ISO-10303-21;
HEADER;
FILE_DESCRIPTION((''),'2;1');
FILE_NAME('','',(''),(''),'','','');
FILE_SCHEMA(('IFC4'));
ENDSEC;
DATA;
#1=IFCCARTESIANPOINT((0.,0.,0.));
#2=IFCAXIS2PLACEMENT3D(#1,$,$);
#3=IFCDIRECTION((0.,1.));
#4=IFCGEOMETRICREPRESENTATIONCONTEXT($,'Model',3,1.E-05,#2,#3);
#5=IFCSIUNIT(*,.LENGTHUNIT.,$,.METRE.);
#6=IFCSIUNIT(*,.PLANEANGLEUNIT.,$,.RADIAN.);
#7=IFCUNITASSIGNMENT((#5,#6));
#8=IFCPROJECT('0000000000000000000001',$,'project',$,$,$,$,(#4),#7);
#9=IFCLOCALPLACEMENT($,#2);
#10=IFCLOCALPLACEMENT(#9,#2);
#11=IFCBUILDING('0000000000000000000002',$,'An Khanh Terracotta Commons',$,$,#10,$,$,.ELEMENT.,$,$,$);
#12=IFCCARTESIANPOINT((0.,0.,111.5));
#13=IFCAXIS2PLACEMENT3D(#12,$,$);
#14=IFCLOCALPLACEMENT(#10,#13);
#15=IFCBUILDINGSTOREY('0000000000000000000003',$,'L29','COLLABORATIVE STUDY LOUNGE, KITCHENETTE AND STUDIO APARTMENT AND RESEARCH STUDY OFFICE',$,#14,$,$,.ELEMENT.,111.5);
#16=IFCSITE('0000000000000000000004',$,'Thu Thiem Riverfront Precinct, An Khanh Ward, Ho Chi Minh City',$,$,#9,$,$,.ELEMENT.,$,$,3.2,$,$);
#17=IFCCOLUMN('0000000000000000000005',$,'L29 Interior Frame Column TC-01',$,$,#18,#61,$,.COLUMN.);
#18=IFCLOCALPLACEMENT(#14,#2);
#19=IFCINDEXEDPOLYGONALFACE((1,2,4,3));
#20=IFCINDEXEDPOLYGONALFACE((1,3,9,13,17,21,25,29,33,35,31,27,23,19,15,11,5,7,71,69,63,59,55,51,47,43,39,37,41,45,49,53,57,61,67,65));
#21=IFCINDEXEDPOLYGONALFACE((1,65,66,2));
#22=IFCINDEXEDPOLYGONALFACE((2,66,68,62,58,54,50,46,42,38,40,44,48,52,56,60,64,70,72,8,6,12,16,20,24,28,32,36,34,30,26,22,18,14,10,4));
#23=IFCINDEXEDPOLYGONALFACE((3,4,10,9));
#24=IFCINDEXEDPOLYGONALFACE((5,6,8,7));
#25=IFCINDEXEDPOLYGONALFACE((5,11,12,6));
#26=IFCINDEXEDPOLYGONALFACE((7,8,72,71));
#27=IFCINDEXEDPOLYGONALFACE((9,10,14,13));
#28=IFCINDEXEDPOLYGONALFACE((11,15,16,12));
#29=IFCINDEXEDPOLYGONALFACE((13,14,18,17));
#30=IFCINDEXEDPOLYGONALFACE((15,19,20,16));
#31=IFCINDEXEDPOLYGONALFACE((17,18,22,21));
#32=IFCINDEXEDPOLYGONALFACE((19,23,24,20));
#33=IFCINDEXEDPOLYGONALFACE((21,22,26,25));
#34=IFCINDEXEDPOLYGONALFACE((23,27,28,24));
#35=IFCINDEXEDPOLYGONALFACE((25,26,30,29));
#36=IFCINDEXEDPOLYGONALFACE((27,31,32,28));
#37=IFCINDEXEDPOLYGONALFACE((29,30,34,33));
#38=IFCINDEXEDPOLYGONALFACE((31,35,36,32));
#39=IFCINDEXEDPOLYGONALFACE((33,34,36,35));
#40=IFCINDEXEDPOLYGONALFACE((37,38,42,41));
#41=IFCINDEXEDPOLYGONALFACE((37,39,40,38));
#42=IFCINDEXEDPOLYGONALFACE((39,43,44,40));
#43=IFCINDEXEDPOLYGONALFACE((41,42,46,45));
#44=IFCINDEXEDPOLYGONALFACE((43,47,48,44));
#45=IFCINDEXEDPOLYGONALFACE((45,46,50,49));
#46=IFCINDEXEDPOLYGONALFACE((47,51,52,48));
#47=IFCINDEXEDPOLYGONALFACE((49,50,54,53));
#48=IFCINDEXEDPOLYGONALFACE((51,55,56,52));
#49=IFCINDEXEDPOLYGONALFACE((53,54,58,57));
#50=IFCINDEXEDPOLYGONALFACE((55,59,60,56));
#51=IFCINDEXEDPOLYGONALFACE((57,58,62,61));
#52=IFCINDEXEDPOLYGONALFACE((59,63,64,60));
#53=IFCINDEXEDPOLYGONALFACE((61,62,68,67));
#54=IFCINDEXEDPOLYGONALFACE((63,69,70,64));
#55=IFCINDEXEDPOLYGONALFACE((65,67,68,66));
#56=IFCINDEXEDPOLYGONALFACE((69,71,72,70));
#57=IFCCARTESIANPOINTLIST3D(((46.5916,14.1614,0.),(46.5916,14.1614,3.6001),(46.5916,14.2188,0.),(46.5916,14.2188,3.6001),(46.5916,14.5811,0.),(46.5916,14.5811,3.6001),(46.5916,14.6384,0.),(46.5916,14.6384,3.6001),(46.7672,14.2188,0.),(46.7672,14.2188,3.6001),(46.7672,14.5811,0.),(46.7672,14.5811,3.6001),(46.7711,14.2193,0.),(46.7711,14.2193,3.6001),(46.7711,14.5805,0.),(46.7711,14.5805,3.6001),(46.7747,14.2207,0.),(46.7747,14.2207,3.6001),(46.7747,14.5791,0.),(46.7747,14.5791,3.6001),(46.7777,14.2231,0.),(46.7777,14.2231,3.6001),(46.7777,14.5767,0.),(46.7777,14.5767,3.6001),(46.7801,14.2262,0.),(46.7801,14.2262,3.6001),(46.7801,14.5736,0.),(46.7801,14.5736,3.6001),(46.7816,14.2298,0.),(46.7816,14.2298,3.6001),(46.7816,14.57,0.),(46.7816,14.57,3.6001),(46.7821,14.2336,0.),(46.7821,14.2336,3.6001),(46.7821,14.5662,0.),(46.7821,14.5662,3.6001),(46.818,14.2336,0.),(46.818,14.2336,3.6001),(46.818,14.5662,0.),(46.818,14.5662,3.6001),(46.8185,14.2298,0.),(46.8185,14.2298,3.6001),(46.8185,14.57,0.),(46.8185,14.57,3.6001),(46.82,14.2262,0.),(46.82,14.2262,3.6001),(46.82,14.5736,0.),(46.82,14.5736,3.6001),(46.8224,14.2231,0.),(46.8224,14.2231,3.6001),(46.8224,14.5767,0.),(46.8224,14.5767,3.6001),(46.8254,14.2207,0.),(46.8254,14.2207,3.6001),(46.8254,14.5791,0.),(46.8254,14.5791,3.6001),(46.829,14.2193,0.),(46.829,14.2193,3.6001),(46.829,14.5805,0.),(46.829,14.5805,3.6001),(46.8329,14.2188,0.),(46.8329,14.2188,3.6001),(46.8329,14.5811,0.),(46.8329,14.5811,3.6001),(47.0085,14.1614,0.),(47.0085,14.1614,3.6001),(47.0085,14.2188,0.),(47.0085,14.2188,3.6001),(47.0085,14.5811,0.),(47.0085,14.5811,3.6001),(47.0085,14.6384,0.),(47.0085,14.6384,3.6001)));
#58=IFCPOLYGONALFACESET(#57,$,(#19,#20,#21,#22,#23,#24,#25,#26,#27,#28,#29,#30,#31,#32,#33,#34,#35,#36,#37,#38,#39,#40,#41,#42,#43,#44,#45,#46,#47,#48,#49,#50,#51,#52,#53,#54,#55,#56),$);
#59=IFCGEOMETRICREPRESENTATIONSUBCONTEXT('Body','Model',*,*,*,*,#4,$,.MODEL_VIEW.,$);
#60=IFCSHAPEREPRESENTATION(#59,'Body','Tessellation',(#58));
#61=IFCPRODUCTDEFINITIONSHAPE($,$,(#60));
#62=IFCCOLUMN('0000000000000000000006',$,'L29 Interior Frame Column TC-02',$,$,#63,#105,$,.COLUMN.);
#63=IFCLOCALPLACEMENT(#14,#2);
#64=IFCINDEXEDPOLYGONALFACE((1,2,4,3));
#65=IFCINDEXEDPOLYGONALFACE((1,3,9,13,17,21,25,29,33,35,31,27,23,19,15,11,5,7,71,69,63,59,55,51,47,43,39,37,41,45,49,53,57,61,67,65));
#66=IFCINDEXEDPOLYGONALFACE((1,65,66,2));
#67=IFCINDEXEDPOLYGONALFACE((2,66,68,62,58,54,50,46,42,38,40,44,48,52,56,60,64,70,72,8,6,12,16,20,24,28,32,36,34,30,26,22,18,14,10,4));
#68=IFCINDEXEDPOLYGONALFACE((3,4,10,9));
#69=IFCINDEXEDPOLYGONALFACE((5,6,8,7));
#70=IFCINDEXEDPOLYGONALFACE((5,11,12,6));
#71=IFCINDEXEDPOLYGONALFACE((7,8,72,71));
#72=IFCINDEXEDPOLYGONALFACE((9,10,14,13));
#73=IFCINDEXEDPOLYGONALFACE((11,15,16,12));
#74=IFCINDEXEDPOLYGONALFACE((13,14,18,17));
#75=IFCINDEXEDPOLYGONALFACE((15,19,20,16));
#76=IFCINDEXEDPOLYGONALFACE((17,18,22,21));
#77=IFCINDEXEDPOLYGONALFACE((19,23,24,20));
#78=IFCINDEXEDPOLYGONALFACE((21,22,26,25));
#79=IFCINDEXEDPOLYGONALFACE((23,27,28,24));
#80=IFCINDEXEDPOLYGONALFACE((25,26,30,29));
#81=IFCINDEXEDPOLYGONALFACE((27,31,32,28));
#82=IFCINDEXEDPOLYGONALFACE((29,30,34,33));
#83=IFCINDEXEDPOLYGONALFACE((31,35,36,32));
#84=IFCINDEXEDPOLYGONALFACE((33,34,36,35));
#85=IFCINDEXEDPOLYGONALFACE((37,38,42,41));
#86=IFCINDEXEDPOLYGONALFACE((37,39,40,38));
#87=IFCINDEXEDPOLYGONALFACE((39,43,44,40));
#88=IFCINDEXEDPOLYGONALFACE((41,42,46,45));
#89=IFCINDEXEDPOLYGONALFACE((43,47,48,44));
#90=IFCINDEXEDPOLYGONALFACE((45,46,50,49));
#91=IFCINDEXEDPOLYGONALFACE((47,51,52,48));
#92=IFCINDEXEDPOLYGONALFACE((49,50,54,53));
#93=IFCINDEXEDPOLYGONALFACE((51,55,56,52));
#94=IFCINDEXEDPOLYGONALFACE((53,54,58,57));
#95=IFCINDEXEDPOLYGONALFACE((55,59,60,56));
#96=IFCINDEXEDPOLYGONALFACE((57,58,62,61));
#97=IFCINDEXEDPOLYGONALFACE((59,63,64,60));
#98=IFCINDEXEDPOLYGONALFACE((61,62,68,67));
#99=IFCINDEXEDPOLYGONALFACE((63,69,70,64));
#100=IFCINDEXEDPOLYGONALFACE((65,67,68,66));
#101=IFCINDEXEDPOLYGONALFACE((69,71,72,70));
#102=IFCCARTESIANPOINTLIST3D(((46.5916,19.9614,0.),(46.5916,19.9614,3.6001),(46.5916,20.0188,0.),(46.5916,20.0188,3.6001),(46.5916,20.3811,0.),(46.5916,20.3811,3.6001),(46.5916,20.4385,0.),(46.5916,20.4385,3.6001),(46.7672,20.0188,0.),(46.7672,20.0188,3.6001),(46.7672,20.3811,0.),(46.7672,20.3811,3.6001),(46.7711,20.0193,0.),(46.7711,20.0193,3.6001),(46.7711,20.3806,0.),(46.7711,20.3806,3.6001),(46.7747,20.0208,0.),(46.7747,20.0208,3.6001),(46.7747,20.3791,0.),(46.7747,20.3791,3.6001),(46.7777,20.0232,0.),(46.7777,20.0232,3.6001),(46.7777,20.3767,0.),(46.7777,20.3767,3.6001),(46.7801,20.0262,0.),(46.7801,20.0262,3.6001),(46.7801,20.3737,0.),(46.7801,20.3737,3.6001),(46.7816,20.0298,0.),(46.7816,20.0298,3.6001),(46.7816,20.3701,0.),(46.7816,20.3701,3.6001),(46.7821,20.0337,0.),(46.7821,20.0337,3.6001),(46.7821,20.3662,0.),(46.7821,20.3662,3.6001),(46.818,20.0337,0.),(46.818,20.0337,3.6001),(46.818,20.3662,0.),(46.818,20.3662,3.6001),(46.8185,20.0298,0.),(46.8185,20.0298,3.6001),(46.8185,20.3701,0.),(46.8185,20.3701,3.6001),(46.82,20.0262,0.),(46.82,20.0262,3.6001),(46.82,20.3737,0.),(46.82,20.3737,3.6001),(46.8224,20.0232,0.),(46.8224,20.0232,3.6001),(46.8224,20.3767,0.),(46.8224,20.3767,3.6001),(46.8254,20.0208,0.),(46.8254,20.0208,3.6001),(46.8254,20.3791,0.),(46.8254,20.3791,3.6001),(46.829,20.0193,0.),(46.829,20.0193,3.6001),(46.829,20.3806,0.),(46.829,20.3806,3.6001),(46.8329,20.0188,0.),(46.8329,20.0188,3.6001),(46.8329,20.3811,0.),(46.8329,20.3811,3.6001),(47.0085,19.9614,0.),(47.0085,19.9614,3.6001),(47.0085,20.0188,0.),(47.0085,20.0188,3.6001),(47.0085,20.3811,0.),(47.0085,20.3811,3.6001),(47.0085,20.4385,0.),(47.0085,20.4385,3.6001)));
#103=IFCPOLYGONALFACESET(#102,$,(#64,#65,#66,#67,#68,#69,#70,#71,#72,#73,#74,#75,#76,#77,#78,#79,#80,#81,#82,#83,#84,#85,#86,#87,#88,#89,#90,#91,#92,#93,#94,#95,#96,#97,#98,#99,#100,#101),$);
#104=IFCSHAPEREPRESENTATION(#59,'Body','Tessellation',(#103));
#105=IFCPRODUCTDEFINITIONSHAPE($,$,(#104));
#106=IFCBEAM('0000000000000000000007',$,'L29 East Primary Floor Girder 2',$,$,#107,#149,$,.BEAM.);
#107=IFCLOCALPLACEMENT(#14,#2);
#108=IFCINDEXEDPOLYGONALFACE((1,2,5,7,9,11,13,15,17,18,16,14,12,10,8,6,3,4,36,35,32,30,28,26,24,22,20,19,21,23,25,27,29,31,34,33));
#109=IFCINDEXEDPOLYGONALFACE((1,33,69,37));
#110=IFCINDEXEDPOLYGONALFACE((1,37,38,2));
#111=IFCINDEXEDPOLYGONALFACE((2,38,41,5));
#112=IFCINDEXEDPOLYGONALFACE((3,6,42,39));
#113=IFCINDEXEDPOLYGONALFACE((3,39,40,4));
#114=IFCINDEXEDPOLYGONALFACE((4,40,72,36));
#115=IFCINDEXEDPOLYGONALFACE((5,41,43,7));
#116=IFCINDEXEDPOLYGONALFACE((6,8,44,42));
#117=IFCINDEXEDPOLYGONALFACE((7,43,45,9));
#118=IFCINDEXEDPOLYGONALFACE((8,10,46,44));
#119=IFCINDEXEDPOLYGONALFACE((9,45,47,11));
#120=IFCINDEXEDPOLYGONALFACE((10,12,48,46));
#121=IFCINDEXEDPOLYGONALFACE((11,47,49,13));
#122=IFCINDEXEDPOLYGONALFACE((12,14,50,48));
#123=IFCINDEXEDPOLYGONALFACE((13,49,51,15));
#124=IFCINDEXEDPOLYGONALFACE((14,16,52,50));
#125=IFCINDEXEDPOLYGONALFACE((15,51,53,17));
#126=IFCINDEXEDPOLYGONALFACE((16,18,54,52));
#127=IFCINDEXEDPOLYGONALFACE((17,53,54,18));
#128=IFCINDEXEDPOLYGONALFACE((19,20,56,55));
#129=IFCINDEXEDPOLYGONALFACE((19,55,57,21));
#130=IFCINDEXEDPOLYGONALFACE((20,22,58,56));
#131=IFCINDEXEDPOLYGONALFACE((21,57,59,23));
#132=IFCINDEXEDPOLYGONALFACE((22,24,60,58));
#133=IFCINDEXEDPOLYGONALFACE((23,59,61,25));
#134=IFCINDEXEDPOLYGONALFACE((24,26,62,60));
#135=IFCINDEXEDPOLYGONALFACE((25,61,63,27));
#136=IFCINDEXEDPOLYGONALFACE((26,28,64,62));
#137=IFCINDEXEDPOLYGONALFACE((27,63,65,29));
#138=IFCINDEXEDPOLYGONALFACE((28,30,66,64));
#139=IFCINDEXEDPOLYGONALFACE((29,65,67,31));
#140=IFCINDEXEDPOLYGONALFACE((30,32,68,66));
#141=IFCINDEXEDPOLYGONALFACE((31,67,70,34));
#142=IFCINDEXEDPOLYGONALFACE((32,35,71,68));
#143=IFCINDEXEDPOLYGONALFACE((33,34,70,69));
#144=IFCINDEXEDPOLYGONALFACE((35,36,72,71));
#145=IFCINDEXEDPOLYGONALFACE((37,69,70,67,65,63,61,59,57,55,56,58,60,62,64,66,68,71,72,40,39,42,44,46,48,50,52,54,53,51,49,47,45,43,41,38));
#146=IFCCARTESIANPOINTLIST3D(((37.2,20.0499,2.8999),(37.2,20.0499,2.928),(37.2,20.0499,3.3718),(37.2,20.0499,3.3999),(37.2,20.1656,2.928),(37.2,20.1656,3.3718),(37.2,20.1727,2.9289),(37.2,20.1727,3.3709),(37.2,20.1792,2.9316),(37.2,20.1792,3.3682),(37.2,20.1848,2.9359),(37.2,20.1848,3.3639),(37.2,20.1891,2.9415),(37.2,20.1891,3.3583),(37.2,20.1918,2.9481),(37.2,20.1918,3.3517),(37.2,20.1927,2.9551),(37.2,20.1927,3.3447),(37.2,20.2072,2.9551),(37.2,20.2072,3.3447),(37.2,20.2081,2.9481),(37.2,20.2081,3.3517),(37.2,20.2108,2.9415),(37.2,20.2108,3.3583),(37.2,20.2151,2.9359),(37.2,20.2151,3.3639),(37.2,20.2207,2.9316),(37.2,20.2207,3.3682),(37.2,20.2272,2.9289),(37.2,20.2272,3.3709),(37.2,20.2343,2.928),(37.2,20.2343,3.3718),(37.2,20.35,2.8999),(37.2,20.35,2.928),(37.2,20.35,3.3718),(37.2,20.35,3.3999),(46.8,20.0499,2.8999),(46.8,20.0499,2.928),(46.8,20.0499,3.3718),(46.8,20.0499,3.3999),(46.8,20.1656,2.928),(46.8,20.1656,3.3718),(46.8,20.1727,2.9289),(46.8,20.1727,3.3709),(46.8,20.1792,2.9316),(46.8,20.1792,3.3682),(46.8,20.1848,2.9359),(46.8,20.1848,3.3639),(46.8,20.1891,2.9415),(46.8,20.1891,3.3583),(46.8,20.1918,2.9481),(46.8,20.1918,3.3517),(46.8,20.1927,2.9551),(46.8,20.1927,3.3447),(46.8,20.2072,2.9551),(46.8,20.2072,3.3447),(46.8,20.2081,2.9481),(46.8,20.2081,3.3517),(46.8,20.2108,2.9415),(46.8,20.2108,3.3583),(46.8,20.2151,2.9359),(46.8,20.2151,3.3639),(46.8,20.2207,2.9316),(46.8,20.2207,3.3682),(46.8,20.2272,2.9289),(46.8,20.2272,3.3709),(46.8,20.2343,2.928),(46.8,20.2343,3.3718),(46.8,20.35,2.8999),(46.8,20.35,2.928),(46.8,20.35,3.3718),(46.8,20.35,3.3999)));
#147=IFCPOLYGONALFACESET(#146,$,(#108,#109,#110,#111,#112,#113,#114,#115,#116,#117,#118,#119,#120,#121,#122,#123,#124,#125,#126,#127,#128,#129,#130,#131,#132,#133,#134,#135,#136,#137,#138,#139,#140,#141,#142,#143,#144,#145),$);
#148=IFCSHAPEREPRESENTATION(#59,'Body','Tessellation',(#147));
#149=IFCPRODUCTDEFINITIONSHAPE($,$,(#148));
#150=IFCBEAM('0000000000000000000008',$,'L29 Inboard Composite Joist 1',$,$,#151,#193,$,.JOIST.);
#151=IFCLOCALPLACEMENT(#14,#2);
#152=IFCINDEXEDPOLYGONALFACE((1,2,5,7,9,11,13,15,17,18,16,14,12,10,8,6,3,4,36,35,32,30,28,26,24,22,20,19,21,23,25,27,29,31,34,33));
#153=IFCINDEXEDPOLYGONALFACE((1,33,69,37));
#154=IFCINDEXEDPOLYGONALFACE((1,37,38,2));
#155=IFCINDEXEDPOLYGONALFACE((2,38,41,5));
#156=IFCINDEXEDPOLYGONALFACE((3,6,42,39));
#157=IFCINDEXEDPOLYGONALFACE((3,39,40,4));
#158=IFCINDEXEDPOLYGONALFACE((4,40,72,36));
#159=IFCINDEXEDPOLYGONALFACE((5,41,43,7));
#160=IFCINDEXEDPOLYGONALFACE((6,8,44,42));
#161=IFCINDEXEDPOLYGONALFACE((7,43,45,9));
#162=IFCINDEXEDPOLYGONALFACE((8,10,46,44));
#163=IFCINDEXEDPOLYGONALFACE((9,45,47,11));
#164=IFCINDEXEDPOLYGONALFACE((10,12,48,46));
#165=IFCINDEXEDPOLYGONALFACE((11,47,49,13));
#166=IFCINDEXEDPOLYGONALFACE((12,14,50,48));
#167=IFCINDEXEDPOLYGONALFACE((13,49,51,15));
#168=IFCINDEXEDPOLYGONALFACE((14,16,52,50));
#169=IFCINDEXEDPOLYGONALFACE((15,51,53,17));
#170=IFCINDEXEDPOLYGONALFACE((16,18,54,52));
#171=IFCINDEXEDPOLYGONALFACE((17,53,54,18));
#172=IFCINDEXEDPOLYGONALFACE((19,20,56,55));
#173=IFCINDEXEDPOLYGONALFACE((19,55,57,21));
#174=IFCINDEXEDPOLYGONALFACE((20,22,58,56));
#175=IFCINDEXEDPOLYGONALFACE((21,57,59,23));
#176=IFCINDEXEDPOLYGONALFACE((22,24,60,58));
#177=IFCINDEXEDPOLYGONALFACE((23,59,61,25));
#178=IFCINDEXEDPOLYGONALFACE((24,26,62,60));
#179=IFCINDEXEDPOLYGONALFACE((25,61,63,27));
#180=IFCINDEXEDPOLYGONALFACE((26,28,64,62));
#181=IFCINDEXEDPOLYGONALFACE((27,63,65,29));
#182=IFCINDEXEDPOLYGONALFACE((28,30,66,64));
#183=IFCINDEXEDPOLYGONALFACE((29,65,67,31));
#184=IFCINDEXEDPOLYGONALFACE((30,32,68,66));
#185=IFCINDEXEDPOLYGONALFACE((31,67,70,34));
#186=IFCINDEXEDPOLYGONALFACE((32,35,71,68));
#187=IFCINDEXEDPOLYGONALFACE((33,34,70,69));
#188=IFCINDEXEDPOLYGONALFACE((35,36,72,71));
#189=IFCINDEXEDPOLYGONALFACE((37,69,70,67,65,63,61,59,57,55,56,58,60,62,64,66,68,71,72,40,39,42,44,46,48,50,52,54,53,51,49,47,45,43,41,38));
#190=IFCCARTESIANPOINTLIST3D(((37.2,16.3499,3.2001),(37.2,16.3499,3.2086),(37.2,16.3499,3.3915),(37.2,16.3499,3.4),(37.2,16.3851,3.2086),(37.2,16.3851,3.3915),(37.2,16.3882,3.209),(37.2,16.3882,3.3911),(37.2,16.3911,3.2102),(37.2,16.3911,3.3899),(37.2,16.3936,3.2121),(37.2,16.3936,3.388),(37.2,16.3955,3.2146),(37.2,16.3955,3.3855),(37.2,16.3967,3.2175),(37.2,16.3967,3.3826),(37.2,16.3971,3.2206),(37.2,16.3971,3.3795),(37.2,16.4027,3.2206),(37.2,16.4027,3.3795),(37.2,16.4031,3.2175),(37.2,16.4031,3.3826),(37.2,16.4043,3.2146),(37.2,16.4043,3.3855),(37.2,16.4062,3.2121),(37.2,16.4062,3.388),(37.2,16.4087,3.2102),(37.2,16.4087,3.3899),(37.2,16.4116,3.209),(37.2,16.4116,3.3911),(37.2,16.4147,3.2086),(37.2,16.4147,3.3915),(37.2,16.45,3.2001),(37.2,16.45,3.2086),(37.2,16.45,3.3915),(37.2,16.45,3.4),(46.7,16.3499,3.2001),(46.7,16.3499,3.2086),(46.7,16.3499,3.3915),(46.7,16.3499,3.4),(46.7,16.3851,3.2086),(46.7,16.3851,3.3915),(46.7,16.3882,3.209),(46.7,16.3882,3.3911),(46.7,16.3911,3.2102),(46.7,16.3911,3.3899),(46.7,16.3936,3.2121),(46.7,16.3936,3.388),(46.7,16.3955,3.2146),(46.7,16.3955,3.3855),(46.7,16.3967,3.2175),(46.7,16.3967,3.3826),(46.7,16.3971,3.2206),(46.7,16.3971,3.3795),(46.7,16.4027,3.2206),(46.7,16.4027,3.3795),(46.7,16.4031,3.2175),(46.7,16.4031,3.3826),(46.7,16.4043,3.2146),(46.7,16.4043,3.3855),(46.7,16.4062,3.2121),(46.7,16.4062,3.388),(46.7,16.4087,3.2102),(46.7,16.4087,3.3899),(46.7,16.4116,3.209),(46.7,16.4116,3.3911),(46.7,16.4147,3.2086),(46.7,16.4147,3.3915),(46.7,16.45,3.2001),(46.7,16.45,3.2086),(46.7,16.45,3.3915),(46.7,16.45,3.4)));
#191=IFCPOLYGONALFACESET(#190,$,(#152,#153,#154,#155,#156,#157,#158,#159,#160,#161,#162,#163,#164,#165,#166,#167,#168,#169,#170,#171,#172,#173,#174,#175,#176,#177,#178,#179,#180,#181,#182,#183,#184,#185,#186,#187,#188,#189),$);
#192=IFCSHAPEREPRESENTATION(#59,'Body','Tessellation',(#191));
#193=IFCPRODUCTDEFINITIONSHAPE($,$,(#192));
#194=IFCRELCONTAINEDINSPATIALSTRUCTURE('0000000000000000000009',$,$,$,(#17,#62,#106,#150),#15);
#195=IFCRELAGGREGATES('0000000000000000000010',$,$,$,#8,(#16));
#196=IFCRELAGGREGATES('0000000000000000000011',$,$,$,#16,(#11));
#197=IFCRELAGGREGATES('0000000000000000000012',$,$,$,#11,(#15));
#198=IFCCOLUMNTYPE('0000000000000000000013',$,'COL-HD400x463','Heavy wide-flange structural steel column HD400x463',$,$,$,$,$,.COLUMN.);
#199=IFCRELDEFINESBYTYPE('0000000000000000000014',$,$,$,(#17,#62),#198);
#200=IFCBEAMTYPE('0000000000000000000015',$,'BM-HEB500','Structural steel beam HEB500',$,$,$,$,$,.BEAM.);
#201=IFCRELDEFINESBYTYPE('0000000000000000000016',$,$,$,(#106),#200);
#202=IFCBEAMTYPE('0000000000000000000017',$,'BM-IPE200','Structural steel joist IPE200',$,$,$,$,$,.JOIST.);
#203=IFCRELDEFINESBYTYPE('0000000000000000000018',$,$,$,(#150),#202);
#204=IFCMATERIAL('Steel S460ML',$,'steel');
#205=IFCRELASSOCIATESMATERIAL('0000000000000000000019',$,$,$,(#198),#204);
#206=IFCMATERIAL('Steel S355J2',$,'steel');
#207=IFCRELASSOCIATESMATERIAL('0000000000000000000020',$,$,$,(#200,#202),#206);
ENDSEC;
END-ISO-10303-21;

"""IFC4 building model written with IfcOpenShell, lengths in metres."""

from ifc_helpers import new_model, si_unit, direction, frame, origin, origin_2d, place, context, subcontext, project, spatial, i_section, extrude, material, material_profile, profile_set, type_object, element, save


model = new_model("IFC4")

# Units and contexts
model_context = context("Model", 3, precision=1e-05, world=origin(), true_north=direction((0.0, 1.0)))
body_context = subcontext(model_context, "Body", "Model", "MODEL_VIEW")
ifc_project = project(units=[si_unit("LENGTHUNIT", "METRE"), si_unit("PLANEANGLEUNIT", "RADIAN")], contexts=[model_context])

# Site, building, storey
site_placement = place(None, origin())
site = spatial("IfcSite", under=ifc_project, at=site_placement, Name="Thu Thiem Riverfront Precinct, An Khanh Ward, Ho Chi Minh City", CompositionType="ELEMENT", RefElevation=3.2)
building_placement = place(site_placement, origin())
building = spatial("IfcBuilding", under=site, at=building_placement, Name="An Khanh Terracotta Commons", CompositionType="ELEMENT")
storey_placement = place(building_placement, frame((0.0, 0.0, 111.5)))
storey = spatial("IfcBuildingStorey", under=building, at=storey_placement, Name="L29", Description="COLLABORATIVE STUDY LOUNGE, KITCHENETTE AND STUDIO APARTMENT AND RESEARCH STUDY OFFICE", CompositionType="ELEMENT", Elevation=111.5)

# Columns
ifc_material_1 = material(Name="Steel S460ML", Category="steel")
ifc_material_profile_1 = material_profile(ifc_material_1, i_section(OverallWidth=0.417, OverallDepth=0.4771, WebThickness=0.0359, FlangeThickness=0.0574, FilletRadius=0.0149, at=origin_2d()), Name="HD400x463")
ifc_profile_set_1 = profile_set([ifc_material_profile_1], Name="Steel S460ML")
column_type = type_object("IfcColumnType", Name="COL-HD400x463", Description="Heavy wide-flange structural steel column HD400x463", PredefinedType="COLUMN", material=ifc_profile_set_1)
for number, where, z_axis, x_axis, name in (
    (1, (46.8, 14.3999, 0.0), (0.0, 0.0, 1.0), (1.0, 0.0, 0.0), "L29 Interior Frame Column TC-01"),
    (2, (46.8, 20.2, 0.0), (0.0, 0.0, 1.0), (1.0, 0.0, 0.0), "L29 Interior Frame Column TC-02"),
):
    element("IfcColumn", number, at=place(storey_placement, frame(where, z_axis=z_axis, x_axis=x_axis)), inside=storey, type_object=column_type, Name=name, PredefinedType="COLUMN", context=body_context, shape_type="SweptSolid", body=[
        extrude(i_section(OverallWidth=0.417, OverallDepth=0.4771, WebThickness=0.0359, FlangeThickness=0.0574, FilletRadius=0.0149, at=origin_2d()), origin(), (0.0, 0.0, 1.0), 3.6001),
    ])

# Beams
ifc_material_2 = material(Name="Steel S355J2", Category="steel")
ifc_material_profile_2 = material_profile(ifc_material_2, i_section(OverallWidth=0.3, OverallDepth=0.5, WebThickness=0.0144, FlangeThickness=0.0281, FilletRadius=0.0271, at=origin_2d()), Name="HEB500")
ifc_profile_set_2 = profile_set([ifc_material_profile_2], Name="Steel S355J2")
beam_type_1 = type_object("IfcBeamType", Name="BM-HEB500", Description="Structural steel beam HEB500", PredefinedType="BEAM", material=ifc_profile_set_2)
beam_1_placement = place(storey_placement, frame((37.2, 20.2, 3.1499), z_axis=(1.0, 0.0, 0.0), x_axis=(0.0, 1.0, 0.0)))
element("IfcBeam", 3, at=beam_1_placement, inside=storey, type_object=beam_type_1, Name="L29 East Primary Floor Girder 2", PredefinedType="BEAM", context=body_context, shape_type="SweptSolid", body=[
    extrude(i_section(OverallWidth=0.3, OverallDepth=0.5, WebThickness=0.0144, FlangeThickness=0.0281, FilletRadius=0.0271, at=origin_2d()), origin(), (0.0, 0.0, 1.0), 9.6001),
])
ifc_material_profile_3 = material_profile(ifc_material_2, i_section(OverallWidth=0.1001, OverallDepth=0.2, WebThickness=0.0056, FlangeThickness=0.0085, FilletRadius=0.012, at=origin_2d()), Name="IPE200")
ifc_profile_set_3 = profile_set([ifc_material_profile_3], Name="Steel S355J2")
beam_type_2 = type_object("IfcBeamType", Name="BM-IPE200", Description="Structural steel joist IPE200", PredefinedType="JOIST", material=ifc_profile_set_3)
for number, where, z_axis, x_axis, name in (
    (4, (37.2, 16.3999, 3.3), (1.0, 0.0, 0.0), (0.0, 1.0, 0.0), "L29 Inboard Composite Joist 1"),
):
    element("IfcBeam", number, at=place(storey_placement, frame(where, z_axis=z_axis, x_axis=x_axis)), inside=storey, type_object=beam_type_2, Name=name, PredefinedType="JOIST", context=body_context, shape_type="SweptSolid", body=[
        extrude(i_section(OverallWidth=0.1001, OverallDepth=0.2, WebThickness=0.0056, FlangeThickness=0.0085, FilletRadius=0.012, at=origin_2d()), origin(), (0.0, 0.0, 1.0), 9.5),
    ])

save(model, "model.ifc")
